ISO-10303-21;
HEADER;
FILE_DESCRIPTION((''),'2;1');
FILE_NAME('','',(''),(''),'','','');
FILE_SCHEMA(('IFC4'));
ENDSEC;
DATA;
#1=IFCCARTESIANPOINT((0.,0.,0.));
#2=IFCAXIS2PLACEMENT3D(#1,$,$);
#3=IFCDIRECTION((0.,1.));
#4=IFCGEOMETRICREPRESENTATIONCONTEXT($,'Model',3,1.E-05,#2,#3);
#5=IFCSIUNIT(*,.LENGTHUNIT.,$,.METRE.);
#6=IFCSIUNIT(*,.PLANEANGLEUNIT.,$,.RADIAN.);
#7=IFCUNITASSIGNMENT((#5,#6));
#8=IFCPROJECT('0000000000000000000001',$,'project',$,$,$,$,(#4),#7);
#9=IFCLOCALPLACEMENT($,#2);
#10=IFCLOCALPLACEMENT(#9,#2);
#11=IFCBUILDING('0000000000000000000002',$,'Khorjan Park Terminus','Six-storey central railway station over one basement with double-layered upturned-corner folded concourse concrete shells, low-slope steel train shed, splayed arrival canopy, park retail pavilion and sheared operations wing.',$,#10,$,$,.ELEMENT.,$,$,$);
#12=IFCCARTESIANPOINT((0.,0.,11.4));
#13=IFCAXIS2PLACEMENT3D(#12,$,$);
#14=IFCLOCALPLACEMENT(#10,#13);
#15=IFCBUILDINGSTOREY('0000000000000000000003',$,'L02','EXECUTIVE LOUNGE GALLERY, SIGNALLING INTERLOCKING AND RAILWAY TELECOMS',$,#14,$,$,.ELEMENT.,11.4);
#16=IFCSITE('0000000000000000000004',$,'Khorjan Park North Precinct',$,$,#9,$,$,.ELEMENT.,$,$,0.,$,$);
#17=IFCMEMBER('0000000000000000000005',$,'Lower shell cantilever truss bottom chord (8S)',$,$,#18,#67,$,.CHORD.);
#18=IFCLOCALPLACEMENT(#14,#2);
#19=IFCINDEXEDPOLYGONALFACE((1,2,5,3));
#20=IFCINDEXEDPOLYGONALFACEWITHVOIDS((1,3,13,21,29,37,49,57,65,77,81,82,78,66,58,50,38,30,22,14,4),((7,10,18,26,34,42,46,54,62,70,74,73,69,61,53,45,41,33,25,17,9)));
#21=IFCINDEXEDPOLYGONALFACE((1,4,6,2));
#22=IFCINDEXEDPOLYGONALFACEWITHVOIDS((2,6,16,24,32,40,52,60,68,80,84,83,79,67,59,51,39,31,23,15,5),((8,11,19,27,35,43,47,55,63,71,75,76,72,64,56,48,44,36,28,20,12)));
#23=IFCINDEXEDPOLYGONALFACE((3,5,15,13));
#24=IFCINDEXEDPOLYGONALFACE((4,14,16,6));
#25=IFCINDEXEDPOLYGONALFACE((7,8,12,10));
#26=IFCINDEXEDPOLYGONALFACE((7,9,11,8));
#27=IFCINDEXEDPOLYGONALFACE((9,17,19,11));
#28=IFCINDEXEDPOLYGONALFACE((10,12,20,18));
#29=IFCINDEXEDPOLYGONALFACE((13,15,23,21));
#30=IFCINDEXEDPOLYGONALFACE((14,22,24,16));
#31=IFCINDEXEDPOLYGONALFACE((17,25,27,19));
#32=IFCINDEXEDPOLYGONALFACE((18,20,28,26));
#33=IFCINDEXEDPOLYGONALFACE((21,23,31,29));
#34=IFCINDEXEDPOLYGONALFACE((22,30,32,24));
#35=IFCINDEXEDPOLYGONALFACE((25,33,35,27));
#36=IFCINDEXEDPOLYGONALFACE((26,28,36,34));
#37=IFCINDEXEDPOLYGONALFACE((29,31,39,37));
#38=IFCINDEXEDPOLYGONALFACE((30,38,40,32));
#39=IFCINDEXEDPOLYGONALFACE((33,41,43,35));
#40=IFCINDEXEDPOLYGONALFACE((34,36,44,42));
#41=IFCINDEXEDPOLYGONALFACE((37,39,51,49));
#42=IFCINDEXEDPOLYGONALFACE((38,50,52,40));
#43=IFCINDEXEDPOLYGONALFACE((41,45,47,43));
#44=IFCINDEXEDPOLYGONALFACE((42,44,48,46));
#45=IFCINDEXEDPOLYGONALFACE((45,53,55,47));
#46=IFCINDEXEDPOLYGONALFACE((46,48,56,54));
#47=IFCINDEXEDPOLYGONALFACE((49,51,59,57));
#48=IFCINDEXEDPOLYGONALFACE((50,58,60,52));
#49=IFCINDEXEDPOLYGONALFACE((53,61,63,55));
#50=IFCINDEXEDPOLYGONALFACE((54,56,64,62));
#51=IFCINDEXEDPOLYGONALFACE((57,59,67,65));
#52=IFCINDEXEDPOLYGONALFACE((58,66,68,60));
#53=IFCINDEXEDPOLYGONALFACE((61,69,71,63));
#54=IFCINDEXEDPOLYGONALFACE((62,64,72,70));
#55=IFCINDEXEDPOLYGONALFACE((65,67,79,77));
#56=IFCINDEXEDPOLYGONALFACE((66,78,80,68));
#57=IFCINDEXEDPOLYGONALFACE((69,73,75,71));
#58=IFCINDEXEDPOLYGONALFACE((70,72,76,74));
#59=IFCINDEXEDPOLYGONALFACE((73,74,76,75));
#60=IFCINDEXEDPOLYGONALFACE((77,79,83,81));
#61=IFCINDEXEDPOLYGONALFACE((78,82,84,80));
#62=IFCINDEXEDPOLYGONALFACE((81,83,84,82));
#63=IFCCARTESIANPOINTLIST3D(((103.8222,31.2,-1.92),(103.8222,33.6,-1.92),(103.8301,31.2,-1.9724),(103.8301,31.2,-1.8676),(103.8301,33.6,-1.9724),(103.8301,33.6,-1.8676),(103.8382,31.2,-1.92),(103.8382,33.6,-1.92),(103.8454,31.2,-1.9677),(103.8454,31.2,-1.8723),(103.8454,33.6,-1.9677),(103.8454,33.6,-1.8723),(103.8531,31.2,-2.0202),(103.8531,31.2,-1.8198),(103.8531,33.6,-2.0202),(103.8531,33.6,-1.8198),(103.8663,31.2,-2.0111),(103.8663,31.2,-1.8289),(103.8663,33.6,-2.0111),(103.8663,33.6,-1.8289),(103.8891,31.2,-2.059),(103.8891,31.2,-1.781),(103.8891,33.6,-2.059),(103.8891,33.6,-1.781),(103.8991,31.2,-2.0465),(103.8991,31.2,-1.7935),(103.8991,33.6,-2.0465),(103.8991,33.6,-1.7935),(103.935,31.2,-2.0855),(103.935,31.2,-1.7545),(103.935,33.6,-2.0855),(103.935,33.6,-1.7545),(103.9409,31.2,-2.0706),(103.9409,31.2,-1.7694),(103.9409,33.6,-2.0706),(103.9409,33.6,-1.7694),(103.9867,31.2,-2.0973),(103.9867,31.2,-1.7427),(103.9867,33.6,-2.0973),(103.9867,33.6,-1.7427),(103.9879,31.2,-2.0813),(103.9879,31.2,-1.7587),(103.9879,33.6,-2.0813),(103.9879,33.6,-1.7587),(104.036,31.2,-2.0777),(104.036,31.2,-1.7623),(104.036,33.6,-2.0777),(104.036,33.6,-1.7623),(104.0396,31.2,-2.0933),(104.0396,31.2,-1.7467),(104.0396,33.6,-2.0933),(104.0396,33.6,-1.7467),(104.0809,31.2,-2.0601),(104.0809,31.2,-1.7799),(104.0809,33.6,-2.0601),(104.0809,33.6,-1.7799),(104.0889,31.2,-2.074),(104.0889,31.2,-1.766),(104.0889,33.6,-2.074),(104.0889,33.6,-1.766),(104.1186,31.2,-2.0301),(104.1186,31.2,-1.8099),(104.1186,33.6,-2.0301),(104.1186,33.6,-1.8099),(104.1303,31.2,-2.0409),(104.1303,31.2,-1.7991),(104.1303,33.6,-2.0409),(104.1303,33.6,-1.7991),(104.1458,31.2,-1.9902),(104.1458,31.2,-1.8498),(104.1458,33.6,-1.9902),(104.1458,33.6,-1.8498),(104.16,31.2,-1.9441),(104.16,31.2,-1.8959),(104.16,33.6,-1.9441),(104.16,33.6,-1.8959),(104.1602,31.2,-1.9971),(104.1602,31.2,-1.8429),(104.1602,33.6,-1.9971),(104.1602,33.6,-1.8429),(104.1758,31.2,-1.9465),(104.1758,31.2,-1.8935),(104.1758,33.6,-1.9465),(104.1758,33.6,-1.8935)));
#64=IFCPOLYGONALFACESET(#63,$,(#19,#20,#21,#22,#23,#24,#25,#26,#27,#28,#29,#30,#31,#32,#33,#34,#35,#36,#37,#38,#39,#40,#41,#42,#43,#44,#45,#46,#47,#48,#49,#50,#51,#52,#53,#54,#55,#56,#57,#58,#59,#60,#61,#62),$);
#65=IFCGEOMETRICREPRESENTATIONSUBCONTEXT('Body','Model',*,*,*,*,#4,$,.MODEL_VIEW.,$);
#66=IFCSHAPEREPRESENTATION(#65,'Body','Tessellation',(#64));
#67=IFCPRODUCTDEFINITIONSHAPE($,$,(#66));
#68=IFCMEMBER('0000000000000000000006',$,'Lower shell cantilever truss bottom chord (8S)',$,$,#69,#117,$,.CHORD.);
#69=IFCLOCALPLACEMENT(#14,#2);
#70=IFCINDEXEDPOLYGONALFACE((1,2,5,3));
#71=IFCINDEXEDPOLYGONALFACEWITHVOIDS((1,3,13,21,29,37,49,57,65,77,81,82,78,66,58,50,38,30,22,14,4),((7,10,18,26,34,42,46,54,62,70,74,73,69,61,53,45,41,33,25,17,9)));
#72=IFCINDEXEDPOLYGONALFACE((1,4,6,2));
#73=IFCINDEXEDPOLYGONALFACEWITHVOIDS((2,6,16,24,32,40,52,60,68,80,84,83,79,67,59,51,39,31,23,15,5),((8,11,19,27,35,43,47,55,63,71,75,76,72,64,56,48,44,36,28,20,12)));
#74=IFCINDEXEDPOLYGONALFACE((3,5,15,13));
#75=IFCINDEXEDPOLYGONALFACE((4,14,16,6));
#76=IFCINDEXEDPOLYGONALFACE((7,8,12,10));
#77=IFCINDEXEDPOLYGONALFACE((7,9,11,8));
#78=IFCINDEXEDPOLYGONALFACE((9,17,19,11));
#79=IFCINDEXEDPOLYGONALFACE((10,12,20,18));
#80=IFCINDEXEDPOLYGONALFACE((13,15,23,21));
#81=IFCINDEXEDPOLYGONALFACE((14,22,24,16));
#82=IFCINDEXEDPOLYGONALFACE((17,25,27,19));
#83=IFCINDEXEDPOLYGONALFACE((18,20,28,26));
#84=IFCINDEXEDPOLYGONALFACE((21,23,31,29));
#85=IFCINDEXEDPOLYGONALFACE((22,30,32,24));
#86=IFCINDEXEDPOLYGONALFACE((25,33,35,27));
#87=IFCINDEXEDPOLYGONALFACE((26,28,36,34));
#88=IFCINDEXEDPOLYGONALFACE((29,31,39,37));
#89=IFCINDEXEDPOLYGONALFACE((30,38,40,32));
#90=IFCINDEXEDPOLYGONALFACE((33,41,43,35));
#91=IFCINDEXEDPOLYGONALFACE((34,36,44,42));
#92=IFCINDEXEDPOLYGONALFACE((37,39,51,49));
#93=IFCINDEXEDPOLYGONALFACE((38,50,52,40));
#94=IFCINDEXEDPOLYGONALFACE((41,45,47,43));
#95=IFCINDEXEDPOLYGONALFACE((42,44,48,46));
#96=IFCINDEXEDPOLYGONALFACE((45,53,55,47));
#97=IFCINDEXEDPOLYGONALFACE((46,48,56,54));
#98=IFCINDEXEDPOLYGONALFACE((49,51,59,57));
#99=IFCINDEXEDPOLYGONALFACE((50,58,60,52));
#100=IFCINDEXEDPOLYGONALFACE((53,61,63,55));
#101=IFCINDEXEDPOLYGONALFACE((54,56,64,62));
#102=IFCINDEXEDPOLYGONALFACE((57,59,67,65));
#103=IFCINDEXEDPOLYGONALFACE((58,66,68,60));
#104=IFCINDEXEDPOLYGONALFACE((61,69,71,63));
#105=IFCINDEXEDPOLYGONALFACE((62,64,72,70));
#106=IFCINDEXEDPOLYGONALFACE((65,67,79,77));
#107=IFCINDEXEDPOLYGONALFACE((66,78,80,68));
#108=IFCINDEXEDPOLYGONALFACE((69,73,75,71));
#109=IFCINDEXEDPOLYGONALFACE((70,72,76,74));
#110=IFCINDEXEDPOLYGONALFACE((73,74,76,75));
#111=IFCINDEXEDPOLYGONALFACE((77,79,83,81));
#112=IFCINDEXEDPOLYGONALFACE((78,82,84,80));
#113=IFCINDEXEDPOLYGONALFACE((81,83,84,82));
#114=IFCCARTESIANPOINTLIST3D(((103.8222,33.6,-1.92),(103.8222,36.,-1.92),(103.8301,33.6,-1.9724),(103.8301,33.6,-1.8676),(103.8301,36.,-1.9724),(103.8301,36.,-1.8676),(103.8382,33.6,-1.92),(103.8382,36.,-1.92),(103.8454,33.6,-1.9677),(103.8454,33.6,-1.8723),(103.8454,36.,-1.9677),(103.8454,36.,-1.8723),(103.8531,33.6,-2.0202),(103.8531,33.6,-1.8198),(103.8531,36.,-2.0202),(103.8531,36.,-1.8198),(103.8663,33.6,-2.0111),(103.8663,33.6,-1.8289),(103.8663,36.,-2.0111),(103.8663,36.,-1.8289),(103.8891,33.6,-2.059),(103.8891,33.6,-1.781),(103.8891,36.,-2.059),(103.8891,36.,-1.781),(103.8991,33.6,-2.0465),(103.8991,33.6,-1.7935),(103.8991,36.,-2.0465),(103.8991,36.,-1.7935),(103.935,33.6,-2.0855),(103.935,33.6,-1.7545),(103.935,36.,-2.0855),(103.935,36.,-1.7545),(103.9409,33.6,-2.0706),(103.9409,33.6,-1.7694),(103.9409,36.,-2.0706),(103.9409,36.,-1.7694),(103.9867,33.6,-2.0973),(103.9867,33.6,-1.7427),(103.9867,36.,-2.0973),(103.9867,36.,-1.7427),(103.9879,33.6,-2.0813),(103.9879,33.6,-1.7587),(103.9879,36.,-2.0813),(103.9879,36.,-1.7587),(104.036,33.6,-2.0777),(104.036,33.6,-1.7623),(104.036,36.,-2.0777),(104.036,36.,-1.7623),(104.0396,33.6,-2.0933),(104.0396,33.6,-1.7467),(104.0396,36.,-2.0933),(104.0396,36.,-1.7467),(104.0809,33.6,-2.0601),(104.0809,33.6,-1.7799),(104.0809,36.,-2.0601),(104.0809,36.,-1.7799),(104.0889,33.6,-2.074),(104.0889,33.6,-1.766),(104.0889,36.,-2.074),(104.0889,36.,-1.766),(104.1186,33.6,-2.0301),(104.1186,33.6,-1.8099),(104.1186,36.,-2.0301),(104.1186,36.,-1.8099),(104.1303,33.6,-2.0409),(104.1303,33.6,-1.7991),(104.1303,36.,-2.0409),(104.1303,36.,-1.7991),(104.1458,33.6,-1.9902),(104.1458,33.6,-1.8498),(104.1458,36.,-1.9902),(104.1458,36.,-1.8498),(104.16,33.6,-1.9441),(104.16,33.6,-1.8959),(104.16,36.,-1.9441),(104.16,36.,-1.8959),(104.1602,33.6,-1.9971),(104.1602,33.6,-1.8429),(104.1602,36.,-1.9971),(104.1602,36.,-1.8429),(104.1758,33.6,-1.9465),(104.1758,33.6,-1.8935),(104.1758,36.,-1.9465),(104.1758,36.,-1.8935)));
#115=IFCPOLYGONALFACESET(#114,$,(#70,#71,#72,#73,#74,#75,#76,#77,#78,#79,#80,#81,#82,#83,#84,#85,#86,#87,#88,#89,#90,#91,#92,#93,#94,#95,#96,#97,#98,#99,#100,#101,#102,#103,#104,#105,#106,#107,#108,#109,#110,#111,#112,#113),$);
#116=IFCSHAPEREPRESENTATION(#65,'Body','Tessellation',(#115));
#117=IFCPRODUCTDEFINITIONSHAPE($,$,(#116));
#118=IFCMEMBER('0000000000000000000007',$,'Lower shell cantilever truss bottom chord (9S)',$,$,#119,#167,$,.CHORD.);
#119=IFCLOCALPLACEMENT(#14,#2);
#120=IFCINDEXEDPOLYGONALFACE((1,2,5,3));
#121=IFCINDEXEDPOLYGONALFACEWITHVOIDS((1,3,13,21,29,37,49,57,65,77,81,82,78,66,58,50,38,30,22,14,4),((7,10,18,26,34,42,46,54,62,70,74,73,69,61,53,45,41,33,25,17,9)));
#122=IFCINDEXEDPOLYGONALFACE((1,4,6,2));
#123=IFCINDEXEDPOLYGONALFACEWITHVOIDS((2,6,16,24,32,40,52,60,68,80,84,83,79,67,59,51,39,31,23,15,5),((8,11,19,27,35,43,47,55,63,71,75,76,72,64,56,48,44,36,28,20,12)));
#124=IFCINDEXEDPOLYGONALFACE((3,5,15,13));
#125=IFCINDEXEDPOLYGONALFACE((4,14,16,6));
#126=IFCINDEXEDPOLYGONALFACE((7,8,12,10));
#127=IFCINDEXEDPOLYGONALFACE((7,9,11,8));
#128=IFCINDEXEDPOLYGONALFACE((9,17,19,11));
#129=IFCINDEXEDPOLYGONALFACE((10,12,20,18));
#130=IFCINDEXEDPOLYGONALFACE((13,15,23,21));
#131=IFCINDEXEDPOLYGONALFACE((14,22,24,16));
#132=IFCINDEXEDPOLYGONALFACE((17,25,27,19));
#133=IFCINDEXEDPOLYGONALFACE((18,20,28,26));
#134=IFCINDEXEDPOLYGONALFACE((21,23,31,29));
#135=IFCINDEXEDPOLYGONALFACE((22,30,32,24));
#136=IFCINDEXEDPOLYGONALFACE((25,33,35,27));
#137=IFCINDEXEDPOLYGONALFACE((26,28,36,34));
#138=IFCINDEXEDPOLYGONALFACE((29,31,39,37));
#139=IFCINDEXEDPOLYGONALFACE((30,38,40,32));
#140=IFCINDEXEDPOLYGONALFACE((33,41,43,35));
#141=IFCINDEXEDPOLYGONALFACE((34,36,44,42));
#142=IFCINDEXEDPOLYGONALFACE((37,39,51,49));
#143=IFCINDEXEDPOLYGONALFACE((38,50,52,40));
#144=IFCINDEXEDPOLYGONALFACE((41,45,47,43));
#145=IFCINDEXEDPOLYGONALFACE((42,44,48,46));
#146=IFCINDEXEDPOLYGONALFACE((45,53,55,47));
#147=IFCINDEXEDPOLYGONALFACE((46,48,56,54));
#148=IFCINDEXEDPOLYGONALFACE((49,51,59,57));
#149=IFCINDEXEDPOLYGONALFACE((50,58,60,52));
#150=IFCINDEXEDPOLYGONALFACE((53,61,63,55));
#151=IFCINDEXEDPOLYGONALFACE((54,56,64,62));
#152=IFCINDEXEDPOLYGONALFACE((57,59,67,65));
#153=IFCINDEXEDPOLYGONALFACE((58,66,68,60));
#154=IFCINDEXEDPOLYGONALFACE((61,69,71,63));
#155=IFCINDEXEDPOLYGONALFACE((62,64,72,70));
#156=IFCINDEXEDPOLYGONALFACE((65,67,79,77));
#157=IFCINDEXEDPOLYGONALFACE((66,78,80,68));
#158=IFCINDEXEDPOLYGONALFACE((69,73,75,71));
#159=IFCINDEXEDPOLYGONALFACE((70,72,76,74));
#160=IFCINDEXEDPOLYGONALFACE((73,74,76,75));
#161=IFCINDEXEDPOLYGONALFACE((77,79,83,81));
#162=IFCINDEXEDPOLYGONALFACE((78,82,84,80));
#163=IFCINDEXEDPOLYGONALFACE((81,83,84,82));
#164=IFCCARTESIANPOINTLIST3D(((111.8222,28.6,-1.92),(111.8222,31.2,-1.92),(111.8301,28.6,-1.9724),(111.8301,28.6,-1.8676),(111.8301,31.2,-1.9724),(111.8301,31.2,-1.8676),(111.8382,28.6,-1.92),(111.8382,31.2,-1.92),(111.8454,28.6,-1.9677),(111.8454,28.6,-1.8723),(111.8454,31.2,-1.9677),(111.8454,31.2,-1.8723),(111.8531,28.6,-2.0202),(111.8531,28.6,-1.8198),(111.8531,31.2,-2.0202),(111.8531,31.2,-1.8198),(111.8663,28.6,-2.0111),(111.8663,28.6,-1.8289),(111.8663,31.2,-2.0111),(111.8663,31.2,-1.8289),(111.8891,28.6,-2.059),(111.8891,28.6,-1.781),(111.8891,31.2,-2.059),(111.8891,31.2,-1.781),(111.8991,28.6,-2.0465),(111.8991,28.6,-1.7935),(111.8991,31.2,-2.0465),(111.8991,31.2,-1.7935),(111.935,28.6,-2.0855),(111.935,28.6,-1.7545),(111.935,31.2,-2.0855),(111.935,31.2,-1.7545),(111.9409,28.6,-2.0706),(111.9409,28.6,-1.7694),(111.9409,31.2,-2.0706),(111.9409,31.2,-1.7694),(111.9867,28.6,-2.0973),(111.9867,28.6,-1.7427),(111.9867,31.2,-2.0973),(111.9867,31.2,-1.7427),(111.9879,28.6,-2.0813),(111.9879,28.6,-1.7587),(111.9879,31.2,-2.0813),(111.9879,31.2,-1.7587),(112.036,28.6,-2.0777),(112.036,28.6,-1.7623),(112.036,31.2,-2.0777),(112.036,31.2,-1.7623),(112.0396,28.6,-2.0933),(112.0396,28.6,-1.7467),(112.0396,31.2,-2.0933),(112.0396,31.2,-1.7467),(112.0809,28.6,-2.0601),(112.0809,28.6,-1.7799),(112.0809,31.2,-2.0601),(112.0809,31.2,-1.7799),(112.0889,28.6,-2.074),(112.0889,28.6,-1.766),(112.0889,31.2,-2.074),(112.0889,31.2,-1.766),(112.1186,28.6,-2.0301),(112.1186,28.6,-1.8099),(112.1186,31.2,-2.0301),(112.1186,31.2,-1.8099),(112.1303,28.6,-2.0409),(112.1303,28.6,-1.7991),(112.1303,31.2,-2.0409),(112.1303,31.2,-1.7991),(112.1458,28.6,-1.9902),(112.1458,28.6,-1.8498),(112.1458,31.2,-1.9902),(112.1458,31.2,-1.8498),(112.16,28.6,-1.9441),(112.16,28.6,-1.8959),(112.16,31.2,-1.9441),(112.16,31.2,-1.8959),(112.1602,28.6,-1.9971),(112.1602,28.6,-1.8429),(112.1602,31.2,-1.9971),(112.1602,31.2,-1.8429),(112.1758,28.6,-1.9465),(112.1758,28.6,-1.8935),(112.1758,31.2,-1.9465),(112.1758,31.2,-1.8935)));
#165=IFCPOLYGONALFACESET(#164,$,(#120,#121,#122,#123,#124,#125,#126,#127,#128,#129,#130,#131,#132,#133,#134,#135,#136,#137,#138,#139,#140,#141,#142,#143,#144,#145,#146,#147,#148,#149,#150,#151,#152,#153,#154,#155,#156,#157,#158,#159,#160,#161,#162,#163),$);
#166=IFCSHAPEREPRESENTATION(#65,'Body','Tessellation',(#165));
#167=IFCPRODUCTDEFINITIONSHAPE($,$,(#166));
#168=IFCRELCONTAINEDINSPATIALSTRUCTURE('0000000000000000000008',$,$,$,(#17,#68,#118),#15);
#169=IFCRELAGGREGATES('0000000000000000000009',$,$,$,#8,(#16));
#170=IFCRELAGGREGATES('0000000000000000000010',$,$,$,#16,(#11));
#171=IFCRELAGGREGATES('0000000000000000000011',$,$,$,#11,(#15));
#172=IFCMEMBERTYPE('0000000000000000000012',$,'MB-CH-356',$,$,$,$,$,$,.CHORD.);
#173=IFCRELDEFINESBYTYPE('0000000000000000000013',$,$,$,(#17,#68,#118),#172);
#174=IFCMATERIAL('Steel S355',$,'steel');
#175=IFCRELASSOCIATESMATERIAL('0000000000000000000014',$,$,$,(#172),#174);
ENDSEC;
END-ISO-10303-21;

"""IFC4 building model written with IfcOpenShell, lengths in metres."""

from ifc_helpers import new_model, si_unit, direction, frame, origin, origin_2d, place, context, subcontext, project, spatial, hollow_circle, extrude, material, material_profile, profile_set, type_object, element, save


model = new_model("IFC4")

# Units and contexts
model_context = context("Model", 3, precision=1e-05, world=origin(), true_north=direction((0.0, 1.0)))
body_context = subcontext(model_context, "Body", "Model", "MODEL_VIEW")
ifc_project = project(units=[si_unit("LENGTHUNIT", "METRE"), si_unit("PLANEANGLEUNIT", "RADIAN")], contexts=[model_context])

# Site, building, storey
site_placement = place(None, origin())
site = spatial("IfcSite", under=ifc_project, at=site_placement, Name="Khorjan Park North Precinct", CompositionType="ELEMENT", RefElevation=0.0)
building_placement = place(site_placement, origin())
building = spatial("IfcBuilding", under=site, at=building_placement, Name="Khorjan Park Terminus", Description="Six-storey central railway station over one basement with double-layered upturned-corner folded concourse concrete shells, low-slope steel train shed, splayed arrival canopy, park retail pavilion and sheared operations wing.", CompositionType="ELEMENT")
storey_placement = place(building_placement, frame((0.0, 0.0, 11.4)))
storey = spatial("IfcBuildingStorey", under=building, at=storey_placement, Name="L02", Description="EXECUTIVE LOUNGE GALLERY, SIGNALLING INTERLOCKING AND RAILWAY TELECOMS", CompositionType="ELEMENT", Elevation=11.4)

# Members
ifc_material_1 = material(Name="Steel S355", Category="steel")
ifc_material_profile_1 = material_profile(ifc_material_1, hollow_circle(Radius=0.1778, WallThickness=0.016, at=origin_2d()), Name="CHS 355.6x16")
ifc_profile_set_1 = profile_set([ifc_material_profile_1], Name="Steel S355")
member_type_1 = type_object("IfcMemberType", Name="MB-CH-356", PredefinedType="CHORD", material=ifc_profile_set_1)
for number, where, z_axis, x_axis, name in (
    (1, (104.0, 31.2, -1.92), (0.0, 1.0, 0.0), (-1.0, 0.0, 0.0), "Lower shell cantilever truss bottom chord (8S)"),
    (2, (104.0, 33.6, -1.92), (0.0, 1.0, 0.0), (-1.0, 0.0, 0.0), "Lower shell cantilever truss bottom chord (8S)"),
):
    element("IfcMember", number, at=place(storey_placement, frame(where, z_axis=z_axis, x_axis=x_axis)), inside=storey, type_object=member_type_1, Name=name, PredefinedType="CHORD", context=body_context, shape_type="SweptSolid", body=[
        extrude(hollow_circle(Radius=0.1778, WallThickness=0.016, at=origin_2d()), origin(), (0.0, 0.0, 1.0), 2.4),
    ])
member_1_placement = place(storey_placement, frame((112.0, 28.6, -1.92), z_axis=(0.0, 1.0, 0.0), x_axis=(-1.0, 0.0, 0.0)))
element("IfcMember", 3, at=member_1_placement, inside=storey, type_object=member_type_1, Name="Lower shell cantilever truss bottom chord (9S)", PredefinedType="CHORD", context=body_context, shape_type="SweptSolid", body=[
    extrude(hollow_circle(Radius=0.1778, WallThickness=0.016, at=origin_2d()), origin(), (0.0, 0.0, 1.0), 2.6),
])

save(model, "model.ifc")
